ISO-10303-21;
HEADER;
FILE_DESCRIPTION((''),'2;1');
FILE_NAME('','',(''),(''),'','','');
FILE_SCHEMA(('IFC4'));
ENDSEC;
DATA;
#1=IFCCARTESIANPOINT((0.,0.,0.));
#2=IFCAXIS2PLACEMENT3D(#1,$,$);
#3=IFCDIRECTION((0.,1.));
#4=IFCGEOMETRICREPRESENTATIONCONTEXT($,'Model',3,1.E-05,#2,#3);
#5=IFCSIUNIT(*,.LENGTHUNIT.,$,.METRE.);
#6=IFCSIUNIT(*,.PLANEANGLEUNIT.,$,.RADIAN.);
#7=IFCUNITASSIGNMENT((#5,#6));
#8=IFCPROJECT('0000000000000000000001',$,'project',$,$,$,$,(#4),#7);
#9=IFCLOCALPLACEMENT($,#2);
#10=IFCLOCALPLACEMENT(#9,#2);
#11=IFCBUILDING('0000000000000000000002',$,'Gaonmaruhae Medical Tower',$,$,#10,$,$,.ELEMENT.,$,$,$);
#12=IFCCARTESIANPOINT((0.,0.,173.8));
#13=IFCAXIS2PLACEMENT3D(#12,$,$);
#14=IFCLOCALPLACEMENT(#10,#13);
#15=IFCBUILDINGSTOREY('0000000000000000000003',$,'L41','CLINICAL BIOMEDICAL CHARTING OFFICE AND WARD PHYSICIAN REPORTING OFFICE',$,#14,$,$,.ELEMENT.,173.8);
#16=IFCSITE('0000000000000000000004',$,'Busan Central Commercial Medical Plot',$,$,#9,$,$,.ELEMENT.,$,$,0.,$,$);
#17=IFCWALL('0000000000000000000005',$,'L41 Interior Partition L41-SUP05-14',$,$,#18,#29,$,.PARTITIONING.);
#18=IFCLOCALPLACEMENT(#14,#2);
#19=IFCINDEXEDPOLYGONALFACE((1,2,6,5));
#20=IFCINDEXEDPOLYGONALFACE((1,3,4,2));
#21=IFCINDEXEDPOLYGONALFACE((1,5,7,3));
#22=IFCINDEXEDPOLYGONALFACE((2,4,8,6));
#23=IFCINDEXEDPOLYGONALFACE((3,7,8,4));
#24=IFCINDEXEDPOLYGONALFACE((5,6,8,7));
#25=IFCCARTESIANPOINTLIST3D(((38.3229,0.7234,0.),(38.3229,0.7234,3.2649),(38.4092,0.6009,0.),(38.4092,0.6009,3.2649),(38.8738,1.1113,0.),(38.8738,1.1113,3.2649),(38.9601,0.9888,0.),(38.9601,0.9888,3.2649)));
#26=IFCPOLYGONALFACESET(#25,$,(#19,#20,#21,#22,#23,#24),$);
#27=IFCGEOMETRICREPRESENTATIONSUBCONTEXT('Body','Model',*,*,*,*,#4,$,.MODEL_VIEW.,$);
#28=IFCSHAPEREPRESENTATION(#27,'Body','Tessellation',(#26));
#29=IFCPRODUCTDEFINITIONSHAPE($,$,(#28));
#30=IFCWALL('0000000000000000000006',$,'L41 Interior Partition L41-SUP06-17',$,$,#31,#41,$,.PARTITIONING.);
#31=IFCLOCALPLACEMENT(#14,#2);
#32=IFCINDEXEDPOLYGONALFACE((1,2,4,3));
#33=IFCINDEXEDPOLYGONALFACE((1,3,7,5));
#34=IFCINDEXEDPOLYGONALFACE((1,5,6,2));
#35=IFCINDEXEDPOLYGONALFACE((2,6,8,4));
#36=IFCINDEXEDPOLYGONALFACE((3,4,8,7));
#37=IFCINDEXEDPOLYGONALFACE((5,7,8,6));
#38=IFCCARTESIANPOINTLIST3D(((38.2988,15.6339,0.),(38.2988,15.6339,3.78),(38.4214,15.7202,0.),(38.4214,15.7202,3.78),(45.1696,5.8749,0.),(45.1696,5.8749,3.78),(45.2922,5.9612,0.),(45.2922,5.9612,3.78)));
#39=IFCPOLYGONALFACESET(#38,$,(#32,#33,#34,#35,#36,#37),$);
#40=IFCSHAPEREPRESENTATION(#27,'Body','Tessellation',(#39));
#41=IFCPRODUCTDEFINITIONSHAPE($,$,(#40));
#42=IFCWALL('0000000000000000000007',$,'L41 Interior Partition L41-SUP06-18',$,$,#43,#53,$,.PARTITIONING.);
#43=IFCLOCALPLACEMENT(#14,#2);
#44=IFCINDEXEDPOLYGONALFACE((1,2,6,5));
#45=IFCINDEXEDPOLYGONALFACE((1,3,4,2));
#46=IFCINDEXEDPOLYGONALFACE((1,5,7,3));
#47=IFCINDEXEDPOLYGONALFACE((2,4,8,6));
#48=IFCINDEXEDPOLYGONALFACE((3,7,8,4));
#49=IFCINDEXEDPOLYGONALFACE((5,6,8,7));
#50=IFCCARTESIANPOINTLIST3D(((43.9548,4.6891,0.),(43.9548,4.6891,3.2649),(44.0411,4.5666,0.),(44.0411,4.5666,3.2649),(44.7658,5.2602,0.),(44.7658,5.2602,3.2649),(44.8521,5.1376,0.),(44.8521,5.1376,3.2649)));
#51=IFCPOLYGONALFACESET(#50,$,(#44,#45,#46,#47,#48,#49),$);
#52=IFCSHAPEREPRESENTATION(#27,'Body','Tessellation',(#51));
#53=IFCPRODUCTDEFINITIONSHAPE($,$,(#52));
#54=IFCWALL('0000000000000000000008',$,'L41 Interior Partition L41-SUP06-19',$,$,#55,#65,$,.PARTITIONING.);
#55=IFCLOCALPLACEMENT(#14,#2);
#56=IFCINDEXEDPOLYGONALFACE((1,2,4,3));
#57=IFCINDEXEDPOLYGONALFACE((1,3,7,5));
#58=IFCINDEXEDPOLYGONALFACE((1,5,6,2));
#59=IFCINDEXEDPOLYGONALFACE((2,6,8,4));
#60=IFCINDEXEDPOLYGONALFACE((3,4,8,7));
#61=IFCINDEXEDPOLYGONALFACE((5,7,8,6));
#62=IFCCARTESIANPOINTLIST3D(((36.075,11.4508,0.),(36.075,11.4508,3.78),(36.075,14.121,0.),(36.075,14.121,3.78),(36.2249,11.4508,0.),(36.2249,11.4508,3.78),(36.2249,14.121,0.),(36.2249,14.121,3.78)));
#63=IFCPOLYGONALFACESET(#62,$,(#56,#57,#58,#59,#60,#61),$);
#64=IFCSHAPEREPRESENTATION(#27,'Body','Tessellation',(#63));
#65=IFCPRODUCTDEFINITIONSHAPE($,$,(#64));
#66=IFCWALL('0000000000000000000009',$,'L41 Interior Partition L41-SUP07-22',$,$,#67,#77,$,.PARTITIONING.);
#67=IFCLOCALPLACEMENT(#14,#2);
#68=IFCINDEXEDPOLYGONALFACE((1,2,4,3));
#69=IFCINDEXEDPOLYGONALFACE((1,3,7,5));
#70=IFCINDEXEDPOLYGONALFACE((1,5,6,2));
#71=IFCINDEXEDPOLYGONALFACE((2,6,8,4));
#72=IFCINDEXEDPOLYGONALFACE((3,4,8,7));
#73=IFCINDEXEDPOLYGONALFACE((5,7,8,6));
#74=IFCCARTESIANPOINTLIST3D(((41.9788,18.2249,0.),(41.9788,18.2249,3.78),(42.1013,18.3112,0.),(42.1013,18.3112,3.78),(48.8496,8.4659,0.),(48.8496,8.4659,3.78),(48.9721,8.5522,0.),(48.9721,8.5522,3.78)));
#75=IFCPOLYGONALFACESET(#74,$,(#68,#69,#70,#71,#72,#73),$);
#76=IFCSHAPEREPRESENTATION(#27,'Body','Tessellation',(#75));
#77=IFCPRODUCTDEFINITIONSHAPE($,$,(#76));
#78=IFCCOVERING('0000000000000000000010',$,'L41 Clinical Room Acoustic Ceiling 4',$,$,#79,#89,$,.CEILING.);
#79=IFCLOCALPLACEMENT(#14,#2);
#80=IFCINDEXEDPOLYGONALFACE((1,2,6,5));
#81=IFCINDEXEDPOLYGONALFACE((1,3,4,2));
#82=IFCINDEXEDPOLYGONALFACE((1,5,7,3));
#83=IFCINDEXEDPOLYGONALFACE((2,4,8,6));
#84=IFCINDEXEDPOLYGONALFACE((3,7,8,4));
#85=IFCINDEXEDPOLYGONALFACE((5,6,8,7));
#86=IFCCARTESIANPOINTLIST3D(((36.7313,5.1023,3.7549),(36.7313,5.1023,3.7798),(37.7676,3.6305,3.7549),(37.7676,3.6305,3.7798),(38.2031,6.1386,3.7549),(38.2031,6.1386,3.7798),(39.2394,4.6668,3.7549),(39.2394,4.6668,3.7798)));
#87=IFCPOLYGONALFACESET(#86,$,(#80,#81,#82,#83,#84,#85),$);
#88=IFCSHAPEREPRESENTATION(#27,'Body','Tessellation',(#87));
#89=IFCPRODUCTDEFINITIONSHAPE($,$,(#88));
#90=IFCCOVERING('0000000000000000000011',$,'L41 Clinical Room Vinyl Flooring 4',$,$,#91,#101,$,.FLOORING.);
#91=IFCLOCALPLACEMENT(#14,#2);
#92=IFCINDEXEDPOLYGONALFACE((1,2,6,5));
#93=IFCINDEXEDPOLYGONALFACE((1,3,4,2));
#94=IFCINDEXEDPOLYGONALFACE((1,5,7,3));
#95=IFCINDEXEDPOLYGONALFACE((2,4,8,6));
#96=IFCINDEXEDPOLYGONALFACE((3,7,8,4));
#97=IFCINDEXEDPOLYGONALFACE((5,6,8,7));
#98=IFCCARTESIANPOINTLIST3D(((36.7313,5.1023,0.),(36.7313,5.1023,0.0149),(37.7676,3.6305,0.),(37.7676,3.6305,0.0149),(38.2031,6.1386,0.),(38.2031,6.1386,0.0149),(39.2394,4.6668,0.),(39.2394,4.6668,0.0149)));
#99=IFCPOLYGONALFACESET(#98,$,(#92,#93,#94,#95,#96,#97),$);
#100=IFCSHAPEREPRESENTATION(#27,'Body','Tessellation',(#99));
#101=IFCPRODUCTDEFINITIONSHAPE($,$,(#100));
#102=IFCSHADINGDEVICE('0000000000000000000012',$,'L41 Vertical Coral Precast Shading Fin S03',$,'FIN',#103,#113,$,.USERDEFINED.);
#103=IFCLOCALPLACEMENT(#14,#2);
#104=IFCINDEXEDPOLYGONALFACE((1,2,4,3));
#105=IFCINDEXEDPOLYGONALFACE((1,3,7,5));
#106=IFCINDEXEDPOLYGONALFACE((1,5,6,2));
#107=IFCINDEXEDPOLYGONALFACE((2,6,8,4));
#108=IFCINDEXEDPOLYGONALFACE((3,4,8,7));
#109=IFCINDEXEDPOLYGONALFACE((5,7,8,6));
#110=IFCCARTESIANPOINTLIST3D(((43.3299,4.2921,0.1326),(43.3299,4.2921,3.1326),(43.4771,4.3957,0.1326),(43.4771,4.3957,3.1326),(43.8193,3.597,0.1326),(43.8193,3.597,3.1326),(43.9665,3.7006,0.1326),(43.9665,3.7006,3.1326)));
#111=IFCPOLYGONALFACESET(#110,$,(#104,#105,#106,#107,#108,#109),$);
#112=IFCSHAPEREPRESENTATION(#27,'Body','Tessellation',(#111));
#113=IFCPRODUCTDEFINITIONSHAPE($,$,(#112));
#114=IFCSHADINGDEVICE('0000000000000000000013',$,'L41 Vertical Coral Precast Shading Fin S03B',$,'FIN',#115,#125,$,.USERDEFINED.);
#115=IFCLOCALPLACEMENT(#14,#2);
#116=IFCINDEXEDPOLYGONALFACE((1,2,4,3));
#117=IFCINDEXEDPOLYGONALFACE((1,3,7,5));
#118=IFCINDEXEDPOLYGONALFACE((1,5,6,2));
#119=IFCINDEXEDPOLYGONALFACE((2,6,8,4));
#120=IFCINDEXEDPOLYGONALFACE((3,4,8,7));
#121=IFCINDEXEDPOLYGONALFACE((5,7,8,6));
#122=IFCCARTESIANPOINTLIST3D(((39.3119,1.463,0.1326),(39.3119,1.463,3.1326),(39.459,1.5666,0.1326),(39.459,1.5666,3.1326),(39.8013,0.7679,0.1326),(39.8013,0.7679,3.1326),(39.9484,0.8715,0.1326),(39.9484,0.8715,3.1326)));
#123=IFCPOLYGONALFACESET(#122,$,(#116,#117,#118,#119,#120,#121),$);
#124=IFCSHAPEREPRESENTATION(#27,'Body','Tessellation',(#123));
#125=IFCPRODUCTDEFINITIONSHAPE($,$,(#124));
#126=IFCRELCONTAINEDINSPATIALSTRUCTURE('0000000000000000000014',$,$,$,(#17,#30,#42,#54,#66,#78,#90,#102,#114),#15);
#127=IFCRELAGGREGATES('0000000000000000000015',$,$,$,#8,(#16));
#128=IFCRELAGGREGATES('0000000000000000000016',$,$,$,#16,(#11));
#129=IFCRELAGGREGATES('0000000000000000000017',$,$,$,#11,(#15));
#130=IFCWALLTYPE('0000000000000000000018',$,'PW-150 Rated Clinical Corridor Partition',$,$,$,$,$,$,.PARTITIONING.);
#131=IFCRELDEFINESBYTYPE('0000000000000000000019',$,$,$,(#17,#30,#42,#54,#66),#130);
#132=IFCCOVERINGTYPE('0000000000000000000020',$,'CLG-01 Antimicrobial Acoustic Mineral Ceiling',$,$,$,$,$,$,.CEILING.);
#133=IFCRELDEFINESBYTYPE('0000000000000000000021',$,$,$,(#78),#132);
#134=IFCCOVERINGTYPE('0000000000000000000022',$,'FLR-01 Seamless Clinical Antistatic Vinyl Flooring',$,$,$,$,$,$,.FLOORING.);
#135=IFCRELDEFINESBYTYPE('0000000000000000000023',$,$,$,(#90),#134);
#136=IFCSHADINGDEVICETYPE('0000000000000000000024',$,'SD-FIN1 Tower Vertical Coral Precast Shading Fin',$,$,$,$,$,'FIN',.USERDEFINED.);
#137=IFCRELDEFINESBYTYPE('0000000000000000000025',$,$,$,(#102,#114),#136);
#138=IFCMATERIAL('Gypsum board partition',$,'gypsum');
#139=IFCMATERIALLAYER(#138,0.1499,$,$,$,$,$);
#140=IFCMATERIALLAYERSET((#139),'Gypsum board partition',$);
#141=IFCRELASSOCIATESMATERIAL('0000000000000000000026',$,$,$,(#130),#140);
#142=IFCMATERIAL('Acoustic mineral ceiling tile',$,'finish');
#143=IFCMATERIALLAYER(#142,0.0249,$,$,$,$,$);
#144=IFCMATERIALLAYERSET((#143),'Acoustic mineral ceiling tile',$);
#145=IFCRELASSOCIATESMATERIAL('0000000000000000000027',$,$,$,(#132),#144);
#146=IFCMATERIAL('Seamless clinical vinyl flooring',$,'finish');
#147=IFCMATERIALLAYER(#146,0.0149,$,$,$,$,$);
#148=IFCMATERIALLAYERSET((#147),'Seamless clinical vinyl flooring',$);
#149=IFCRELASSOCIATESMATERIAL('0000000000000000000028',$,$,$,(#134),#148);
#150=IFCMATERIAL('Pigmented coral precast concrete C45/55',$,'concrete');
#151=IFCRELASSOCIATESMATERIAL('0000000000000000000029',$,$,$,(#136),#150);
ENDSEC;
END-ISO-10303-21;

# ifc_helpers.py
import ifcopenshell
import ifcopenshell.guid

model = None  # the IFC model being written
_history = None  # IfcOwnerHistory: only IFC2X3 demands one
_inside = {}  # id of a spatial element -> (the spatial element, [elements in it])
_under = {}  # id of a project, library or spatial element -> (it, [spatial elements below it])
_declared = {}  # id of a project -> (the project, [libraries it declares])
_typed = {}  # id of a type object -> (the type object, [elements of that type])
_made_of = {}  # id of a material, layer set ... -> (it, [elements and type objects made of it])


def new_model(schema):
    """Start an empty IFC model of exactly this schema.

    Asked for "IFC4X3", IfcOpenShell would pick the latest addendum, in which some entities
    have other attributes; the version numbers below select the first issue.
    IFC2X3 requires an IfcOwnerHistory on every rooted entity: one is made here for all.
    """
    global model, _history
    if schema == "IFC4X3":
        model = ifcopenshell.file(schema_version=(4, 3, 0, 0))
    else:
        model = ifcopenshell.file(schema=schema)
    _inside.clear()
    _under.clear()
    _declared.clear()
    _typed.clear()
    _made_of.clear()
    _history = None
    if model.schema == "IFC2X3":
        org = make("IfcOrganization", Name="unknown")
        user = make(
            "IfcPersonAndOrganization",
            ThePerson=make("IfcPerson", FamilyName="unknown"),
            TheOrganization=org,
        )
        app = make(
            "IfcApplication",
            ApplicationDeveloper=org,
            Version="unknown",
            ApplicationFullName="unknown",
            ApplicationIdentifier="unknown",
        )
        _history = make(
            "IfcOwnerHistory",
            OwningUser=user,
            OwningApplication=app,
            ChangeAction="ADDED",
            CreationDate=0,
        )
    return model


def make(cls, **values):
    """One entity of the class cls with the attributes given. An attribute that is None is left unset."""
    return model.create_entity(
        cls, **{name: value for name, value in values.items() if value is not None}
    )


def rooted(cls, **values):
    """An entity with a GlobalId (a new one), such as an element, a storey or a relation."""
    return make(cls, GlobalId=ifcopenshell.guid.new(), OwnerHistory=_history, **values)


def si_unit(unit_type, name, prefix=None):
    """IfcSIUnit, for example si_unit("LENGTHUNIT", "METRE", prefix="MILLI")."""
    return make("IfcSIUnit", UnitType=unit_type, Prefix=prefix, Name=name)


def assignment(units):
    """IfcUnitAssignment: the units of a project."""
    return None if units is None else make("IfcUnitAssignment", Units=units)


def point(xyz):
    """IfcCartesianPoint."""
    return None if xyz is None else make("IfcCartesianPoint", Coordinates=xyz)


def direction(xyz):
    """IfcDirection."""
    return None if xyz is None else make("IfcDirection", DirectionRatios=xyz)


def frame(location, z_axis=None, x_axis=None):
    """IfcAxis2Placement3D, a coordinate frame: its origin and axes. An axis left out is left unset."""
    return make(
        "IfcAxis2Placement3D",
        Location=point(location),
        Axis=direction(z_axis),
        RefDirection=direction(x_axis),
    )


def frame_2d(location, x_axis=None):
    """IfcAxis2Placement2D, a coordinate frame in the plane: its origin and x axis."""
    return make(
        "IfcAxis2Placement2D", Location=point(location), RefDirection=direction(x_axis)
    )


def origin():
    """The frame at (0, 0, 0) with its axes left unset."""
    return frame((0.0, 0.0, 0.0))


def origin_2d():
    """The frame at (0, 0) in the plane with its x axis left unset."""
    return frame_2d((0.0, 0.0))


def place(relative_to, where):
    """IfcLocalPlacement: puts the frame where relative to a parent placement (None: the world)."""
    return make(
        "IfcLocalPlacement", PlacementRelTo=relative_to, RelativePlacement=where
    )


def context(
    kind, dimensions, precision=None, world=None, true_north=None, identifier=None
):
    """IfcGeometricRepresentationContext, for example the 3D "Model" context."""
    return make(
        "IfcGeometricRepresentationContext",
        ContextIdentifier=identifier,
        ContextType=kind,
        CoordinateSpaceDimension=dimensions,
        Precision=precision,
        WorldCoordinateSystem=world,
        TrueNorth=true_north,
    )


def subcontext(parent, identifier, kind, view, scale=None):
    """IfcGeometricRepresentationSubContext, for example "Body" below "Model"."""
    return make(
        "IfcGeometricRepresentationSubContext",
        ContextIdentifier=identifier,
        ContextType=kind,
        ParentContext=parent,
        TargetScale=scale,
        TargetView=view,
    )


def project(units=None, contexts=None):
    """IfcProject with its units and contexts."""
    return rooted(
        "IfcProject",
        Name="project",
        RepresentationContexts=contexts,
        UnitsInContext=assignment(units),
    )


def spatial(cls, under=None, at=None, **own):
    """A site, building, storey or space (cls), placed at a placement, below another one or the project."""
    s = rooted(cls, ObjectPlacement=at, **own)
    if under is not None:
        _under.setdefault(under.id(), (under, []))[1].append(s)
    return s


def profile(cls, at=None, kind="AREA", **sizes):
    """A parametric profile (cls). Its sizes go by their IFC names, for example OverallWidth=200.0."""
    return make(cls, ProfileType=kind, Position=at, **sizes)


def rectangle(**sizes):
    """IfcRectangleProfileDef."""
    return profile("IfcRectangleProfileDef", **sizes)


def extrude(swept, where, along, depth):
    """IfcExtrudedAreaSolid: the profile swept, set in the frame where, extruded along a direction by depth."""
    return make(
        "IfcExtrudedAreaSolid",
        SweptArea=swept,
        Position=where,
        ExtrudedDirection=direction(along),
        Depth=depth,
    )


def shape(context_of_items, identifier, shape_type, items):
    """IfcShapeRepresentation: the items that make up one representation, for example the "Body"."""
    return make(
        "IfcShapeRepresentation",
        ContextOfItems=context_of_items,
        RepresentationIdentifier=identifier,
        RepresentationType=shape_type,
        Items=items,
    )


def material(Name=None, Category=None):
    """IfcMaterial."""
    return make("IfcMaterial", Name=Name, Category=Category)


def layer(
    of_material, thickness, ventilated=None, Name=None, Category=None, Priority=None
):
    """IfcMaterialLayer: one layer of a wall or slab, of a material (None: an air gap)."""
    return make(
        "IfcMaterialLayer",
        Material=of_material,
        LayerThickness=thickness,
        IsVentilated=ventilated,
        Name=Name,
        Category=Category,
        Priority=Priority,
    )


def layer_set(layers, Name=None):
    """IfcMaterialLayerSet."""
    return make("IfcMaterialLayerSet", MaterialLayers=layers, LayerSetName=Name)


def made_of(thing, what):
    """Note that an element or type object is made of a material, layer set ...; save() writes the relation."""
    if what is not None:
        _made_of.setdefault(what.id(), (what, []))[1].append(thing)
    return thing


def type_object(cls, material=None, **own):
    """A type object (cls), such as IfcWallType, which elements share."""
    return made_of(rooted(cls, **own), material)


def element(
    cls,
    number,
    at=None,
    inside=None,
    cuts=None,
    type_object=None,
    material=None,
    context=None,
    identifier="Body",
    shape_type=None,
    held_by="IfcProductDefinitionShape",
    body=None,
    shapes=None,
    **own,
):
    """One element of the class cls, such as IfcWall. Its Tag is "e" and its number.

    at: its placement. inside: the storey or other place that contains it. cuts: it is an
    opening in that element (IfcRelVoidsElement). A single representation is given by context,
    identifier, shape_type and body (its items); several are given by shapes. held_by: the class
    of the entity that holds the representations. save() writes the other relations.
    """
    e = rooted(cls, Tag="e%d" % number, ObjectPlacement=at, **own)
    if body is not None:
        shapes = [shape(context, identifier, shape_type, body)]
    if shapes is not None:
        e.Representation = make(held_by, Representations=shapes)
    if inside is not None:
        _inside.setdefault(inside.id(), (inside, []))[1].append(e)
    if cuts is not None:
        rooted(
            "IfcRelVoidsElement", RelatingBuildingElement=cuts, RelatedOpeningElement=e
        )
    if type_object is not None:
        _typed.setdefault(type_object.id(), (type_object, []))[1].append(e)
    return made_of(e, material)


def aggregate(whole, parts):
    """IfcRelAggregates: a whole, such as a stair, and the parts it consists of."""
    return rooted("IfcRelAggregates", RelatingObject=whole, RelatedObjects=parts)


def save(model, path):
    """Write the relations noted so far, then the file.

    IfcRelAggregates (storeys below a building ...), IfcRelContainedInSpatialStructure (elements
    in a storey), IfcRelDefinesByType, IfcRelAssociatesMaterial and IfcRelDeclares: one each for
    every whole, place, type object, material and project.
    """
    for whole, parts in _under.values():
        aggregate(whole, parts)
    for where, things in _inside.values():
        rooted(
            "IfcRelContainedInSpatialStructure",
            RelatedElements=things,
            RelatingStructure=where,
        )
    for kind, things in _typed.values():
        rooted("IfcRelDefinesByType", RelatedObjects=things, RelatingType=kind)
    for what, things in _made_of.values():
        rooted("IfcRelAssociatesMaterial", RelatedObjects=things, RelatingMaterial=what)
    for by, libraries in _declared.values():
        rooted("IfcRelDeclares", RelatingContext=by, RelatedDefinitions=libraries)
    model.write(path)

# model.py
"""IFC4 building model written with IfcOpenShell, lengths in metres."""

from ifc_helpers import new_model, si_unit, direction, frame, frame_2d, origin, origin_2d, place, context, subcontext, project, spatial, rectangle, extrude, material, layer, layer_set, type_object, element, save


model = new_model("IFC4")

# Units and contexts
model_context = context("Model", 3, precision=1e-05, world=origin(), true_north=direction((0.0, 1.0)))
body_context = subcontext(model_context, "Body", "Model", "MODEL_VIEW")
ifc_project = project(units=[si_unit("LENGTHUNIT", "METRE"), si_unit("PLANEANGLEUNIT", "RADIAN")], contexts=[model_context])

# Site, building, storey
site_placement = place(None, origin())
site = spatial("IfcSite", under=ifc_project, at=site_placement, Name="Busan Central Commercial Medical Plot", CompositionType="ELEMENT", RefElevation=0.0)
building_placement = place(site_placement, origin())
building = spatial("IfcBuilding", under=site, at=building_placement, Name="Gaonmaruhae Medical Tower", CompositionType="ELEMENT")
storey_placement = place(building_placement, frame((0.0, 0.0, 173.8)))
storey = spatial("IfcBuildingStorey", under=building, at=storey_placement, Name="L41", Description="CLINICAL BIOMEDICAL CHARTING OFFICE AND WARD PHYSICIAN REPORTING OFFICE", CompositionType="ELEMENT", Elevation=173.8)

# Shared definitions
ifc_material_1 = material(Name="Gypsum board partition", Category="gypsum")
ifc_layer_1 = layer(ifc_material_1, 0.1499)
ifc_layer_set_1 = layer_set([ifc_layer_1], Name="Gypsum board partition")
wall_type_1 = type_object("IfcWallType", Name="PW-150 Rated Clinical Corridor Partition", PredefinedType="PARTITIONING", material=ifc_layer_set_1)

# Walls
wall_1_placement = place(storey_placement, frame((38.917, 1.05, 0.0), z_axis=(0.0, 0.0, 1.0), x_axis=(-0.81768, -0.575673, 0.0)))
element("IfcWall", 1, at=wall_1_placement, inside=storey, type_object=wall_type_1, Name="L41 Interior Partition L41-SUP05-14", PredefinedType="PARTITIONING", context=body_context, shape_type="SweptSolid", body=[
    extrude(rectangle(XDim=0.6738, YDim=0.1499, at=frame_2d((0.3369, 0.0))), origin(), (0.0, 0.0, 1.0), 3.2649),
])
wall_2_placement = place(storey_placement, frame((38.3601, 15.677, 0.0), z_axis=(0.0, 0.0, 1.0), x_axis=(0.575683, -0.817673, 0.0)))
element("IfcWall", 2, at=wall_2_placement, inside=storey, type_object=wall_type_1, Name="L41 Interior Partition L41-SUP06-17", PredefinedType="PARTITIONING", context=body_context, shape_type="SweptSolid", body=[
    extrude(rectangle(XDim=11.9351, YDim=0.1499, at=frame_2d((5.9675, 0.0))), origin(), (0.0, 0.0, 1.0), 3.78),
])
wall_3_placement = place(storey_placement, frame((44.8091, 5.199, 0.0), z_axis=(0.0, 0.0, 1.0), x_axis=(-0.817656, -0.575707, 0.0)))
element("IfcWall", 3, at=wall_3_placement, inside=storey, type_object=wall_type_1, Name="L41 Interior Partition L41-SUP06-18", PredefinedType="PARTITIONING", context=body_context, shape_type="SweptSolid", body=[
    extrude(rectangle(XDim=0.9919, YDim=0.1499, at=frame_2d((0.4961, 0.0))), origin(), (0.0, 0.0, 1.0), 3.2649),
])
wall_4_placement = place(storey_placement, frame((36.1499, 11.4509, 0.0), z_axis=(0.0, 0.0, 1.0), x_axis=(0.0, 1.0, 0.0)))
element("IfcWall", 4, at=wall_4_placement, inside=storey, type_object=wall_type_1, Name="L41 Interior Partition L41-SUP06-19", PredefinedType="PARTITIONING", context=body_context, shape_type="SweptSolid", body=[
    extrude(rectangle(XDim=2.6702, YDim=0.1499, at=frame_2d((1.335, 0.0))), origin(), (0.0, 0.0, 1.0), 3.78),
])

# Wall
wall_5_placement = place(storey_placement, frame((42.04, 18.2681, 0.0), z_axis=(0.0, 0.0, 1.0), x_axis=(0.575683, -0.817673, 0.0)))
element("IfcWall", 5, at=wall_5_placement, inside=storey, type_object=wall_type_1, Name="L41 Interior Partition L41-SUP07-22", PredefinedType="PARTITIONING", context=body_context, shape_type="SweptSolid", body=[
    extrude(rectangle(XDim=11.9351, YDim=0.1499, at=frame_2d((5.9675, 0.0))), origin(), (0.0, 0.0, 1.0), 3.78),
])

# Coverings
ifc_material_2 = material(Name="Acoustic mineral ceiling tile", Category="finish")
ifc_layer_2 = layer(ifc_material_2, 0.0249)
ifc_layer_set_2 = layer_set([ifc_layer_2], Name="Acoustic mineral ceiling tile")
covering_type_1 = type_object("IfcCoveringType", Name="CLG-01 Antimicrobial Acoustic Mineral Ceiling", PredefinedType="CEILING", material=ifc_layer_set_2)
covering_1_placement = place(storey_placement, frame((37.9854, 4.8845, 3.7549), z_axis=(0.0, 0.0, 1.0), x_axis=(0.817648, 0.575719, 0.0)))
element("IfcCovering", 6, at=covering_1_placement, inside=storey, type_object=covering_type_1, Name="L41 Clinical Room Acoustic Ceiling 4", PredefinedType="CEILING", context=body_context, shape_type="SweptSolid", body=[
    extrude(rectangle(XDim=1.8, YDim=1.8, at=origin_2d()), origin(), (0.0, 0.0, 1.0), 0.0249),
])
ifc_material_3 = material(Name="Seamless clinical vinyl flooring", Category="finish")
ifc_layer_3 = layer(ifc_material_3, 0.0149)
ifc_layer_set_3 = layer_set([ifc_layer_3], Name="Seamless clinical vinyl flooring")
covering_type_2 = type_object("IfcCoveringType", Name="FLR-01 Seamless Clinical Antistatic Vinyl Flooring", PredefinedType="FLOORING", material=ifc_layer_set_3)
covering_2_placement = place(storey_placement, frame((37.9854, 4.8845, 0.0), z_axis=(0.0, 0.0, 1.0), x_axis=(0.817648, 0.575719, 0.0)))
element("IfcCovering", 7, at=covering_2_placement, inside=storey, type_object=covering_type_2, Name="L41 Clinical Room Vinyl Flooring 4", PredefinedType="FLOORING", context=body_context, shape_type="SweptSolid", body=[
    extrude(rectangle(XDim=1.8, YDim=1.8, at=origin_2d()), origin(), (0.0, 0.0, 1.0), 0.0149),
])

# Shading devices
ifc_material_4 = material(Name="Pigmented coral precast concrete C45/55", Category="concrete")
shading_device_type = type_object("IfcShadingDeviceType", Name="SD-FIN1 Tower Vertical Coral Precast Shading Fin", ElementType="FIN", PredefinedType="USERDEFINED", material=ifc_material_4)
for number, where, z_axis, x_axis, name in (
    (8, (43.6482, 3.9963, 0.1326), (0.0, 0.0, 1.0), (-0.817658, -0.575705, 0.0), "L41 Vertical Coral Precast Shading Fin S03"),
    (9, (39.6301, 1.1672, 0.1326), (0.0, 0.0, 1.0), (-0.817658, -0.575705, 0.0), "L41 Vertical Coral Precast Shading Fin S03B"),
):
    element("IfcShadingDevice", number, at=place(storey_placement, frame(where, z_axis=z_axis, x_axis=x_axis)), inside=storey, type_object=shading_device_type, Name=name, ObjectType="FIN", PredefinedType="USERDEFINED", context=body_context, shape_type="SweptSolid", body=[
        extrude(rectangle(XDim=0.1799, YDim=0.8501, at=origin_2d()), origin(), (0.0, 0.0, 1.0), 3.0),
    ])

save(model, "model.ifc")
